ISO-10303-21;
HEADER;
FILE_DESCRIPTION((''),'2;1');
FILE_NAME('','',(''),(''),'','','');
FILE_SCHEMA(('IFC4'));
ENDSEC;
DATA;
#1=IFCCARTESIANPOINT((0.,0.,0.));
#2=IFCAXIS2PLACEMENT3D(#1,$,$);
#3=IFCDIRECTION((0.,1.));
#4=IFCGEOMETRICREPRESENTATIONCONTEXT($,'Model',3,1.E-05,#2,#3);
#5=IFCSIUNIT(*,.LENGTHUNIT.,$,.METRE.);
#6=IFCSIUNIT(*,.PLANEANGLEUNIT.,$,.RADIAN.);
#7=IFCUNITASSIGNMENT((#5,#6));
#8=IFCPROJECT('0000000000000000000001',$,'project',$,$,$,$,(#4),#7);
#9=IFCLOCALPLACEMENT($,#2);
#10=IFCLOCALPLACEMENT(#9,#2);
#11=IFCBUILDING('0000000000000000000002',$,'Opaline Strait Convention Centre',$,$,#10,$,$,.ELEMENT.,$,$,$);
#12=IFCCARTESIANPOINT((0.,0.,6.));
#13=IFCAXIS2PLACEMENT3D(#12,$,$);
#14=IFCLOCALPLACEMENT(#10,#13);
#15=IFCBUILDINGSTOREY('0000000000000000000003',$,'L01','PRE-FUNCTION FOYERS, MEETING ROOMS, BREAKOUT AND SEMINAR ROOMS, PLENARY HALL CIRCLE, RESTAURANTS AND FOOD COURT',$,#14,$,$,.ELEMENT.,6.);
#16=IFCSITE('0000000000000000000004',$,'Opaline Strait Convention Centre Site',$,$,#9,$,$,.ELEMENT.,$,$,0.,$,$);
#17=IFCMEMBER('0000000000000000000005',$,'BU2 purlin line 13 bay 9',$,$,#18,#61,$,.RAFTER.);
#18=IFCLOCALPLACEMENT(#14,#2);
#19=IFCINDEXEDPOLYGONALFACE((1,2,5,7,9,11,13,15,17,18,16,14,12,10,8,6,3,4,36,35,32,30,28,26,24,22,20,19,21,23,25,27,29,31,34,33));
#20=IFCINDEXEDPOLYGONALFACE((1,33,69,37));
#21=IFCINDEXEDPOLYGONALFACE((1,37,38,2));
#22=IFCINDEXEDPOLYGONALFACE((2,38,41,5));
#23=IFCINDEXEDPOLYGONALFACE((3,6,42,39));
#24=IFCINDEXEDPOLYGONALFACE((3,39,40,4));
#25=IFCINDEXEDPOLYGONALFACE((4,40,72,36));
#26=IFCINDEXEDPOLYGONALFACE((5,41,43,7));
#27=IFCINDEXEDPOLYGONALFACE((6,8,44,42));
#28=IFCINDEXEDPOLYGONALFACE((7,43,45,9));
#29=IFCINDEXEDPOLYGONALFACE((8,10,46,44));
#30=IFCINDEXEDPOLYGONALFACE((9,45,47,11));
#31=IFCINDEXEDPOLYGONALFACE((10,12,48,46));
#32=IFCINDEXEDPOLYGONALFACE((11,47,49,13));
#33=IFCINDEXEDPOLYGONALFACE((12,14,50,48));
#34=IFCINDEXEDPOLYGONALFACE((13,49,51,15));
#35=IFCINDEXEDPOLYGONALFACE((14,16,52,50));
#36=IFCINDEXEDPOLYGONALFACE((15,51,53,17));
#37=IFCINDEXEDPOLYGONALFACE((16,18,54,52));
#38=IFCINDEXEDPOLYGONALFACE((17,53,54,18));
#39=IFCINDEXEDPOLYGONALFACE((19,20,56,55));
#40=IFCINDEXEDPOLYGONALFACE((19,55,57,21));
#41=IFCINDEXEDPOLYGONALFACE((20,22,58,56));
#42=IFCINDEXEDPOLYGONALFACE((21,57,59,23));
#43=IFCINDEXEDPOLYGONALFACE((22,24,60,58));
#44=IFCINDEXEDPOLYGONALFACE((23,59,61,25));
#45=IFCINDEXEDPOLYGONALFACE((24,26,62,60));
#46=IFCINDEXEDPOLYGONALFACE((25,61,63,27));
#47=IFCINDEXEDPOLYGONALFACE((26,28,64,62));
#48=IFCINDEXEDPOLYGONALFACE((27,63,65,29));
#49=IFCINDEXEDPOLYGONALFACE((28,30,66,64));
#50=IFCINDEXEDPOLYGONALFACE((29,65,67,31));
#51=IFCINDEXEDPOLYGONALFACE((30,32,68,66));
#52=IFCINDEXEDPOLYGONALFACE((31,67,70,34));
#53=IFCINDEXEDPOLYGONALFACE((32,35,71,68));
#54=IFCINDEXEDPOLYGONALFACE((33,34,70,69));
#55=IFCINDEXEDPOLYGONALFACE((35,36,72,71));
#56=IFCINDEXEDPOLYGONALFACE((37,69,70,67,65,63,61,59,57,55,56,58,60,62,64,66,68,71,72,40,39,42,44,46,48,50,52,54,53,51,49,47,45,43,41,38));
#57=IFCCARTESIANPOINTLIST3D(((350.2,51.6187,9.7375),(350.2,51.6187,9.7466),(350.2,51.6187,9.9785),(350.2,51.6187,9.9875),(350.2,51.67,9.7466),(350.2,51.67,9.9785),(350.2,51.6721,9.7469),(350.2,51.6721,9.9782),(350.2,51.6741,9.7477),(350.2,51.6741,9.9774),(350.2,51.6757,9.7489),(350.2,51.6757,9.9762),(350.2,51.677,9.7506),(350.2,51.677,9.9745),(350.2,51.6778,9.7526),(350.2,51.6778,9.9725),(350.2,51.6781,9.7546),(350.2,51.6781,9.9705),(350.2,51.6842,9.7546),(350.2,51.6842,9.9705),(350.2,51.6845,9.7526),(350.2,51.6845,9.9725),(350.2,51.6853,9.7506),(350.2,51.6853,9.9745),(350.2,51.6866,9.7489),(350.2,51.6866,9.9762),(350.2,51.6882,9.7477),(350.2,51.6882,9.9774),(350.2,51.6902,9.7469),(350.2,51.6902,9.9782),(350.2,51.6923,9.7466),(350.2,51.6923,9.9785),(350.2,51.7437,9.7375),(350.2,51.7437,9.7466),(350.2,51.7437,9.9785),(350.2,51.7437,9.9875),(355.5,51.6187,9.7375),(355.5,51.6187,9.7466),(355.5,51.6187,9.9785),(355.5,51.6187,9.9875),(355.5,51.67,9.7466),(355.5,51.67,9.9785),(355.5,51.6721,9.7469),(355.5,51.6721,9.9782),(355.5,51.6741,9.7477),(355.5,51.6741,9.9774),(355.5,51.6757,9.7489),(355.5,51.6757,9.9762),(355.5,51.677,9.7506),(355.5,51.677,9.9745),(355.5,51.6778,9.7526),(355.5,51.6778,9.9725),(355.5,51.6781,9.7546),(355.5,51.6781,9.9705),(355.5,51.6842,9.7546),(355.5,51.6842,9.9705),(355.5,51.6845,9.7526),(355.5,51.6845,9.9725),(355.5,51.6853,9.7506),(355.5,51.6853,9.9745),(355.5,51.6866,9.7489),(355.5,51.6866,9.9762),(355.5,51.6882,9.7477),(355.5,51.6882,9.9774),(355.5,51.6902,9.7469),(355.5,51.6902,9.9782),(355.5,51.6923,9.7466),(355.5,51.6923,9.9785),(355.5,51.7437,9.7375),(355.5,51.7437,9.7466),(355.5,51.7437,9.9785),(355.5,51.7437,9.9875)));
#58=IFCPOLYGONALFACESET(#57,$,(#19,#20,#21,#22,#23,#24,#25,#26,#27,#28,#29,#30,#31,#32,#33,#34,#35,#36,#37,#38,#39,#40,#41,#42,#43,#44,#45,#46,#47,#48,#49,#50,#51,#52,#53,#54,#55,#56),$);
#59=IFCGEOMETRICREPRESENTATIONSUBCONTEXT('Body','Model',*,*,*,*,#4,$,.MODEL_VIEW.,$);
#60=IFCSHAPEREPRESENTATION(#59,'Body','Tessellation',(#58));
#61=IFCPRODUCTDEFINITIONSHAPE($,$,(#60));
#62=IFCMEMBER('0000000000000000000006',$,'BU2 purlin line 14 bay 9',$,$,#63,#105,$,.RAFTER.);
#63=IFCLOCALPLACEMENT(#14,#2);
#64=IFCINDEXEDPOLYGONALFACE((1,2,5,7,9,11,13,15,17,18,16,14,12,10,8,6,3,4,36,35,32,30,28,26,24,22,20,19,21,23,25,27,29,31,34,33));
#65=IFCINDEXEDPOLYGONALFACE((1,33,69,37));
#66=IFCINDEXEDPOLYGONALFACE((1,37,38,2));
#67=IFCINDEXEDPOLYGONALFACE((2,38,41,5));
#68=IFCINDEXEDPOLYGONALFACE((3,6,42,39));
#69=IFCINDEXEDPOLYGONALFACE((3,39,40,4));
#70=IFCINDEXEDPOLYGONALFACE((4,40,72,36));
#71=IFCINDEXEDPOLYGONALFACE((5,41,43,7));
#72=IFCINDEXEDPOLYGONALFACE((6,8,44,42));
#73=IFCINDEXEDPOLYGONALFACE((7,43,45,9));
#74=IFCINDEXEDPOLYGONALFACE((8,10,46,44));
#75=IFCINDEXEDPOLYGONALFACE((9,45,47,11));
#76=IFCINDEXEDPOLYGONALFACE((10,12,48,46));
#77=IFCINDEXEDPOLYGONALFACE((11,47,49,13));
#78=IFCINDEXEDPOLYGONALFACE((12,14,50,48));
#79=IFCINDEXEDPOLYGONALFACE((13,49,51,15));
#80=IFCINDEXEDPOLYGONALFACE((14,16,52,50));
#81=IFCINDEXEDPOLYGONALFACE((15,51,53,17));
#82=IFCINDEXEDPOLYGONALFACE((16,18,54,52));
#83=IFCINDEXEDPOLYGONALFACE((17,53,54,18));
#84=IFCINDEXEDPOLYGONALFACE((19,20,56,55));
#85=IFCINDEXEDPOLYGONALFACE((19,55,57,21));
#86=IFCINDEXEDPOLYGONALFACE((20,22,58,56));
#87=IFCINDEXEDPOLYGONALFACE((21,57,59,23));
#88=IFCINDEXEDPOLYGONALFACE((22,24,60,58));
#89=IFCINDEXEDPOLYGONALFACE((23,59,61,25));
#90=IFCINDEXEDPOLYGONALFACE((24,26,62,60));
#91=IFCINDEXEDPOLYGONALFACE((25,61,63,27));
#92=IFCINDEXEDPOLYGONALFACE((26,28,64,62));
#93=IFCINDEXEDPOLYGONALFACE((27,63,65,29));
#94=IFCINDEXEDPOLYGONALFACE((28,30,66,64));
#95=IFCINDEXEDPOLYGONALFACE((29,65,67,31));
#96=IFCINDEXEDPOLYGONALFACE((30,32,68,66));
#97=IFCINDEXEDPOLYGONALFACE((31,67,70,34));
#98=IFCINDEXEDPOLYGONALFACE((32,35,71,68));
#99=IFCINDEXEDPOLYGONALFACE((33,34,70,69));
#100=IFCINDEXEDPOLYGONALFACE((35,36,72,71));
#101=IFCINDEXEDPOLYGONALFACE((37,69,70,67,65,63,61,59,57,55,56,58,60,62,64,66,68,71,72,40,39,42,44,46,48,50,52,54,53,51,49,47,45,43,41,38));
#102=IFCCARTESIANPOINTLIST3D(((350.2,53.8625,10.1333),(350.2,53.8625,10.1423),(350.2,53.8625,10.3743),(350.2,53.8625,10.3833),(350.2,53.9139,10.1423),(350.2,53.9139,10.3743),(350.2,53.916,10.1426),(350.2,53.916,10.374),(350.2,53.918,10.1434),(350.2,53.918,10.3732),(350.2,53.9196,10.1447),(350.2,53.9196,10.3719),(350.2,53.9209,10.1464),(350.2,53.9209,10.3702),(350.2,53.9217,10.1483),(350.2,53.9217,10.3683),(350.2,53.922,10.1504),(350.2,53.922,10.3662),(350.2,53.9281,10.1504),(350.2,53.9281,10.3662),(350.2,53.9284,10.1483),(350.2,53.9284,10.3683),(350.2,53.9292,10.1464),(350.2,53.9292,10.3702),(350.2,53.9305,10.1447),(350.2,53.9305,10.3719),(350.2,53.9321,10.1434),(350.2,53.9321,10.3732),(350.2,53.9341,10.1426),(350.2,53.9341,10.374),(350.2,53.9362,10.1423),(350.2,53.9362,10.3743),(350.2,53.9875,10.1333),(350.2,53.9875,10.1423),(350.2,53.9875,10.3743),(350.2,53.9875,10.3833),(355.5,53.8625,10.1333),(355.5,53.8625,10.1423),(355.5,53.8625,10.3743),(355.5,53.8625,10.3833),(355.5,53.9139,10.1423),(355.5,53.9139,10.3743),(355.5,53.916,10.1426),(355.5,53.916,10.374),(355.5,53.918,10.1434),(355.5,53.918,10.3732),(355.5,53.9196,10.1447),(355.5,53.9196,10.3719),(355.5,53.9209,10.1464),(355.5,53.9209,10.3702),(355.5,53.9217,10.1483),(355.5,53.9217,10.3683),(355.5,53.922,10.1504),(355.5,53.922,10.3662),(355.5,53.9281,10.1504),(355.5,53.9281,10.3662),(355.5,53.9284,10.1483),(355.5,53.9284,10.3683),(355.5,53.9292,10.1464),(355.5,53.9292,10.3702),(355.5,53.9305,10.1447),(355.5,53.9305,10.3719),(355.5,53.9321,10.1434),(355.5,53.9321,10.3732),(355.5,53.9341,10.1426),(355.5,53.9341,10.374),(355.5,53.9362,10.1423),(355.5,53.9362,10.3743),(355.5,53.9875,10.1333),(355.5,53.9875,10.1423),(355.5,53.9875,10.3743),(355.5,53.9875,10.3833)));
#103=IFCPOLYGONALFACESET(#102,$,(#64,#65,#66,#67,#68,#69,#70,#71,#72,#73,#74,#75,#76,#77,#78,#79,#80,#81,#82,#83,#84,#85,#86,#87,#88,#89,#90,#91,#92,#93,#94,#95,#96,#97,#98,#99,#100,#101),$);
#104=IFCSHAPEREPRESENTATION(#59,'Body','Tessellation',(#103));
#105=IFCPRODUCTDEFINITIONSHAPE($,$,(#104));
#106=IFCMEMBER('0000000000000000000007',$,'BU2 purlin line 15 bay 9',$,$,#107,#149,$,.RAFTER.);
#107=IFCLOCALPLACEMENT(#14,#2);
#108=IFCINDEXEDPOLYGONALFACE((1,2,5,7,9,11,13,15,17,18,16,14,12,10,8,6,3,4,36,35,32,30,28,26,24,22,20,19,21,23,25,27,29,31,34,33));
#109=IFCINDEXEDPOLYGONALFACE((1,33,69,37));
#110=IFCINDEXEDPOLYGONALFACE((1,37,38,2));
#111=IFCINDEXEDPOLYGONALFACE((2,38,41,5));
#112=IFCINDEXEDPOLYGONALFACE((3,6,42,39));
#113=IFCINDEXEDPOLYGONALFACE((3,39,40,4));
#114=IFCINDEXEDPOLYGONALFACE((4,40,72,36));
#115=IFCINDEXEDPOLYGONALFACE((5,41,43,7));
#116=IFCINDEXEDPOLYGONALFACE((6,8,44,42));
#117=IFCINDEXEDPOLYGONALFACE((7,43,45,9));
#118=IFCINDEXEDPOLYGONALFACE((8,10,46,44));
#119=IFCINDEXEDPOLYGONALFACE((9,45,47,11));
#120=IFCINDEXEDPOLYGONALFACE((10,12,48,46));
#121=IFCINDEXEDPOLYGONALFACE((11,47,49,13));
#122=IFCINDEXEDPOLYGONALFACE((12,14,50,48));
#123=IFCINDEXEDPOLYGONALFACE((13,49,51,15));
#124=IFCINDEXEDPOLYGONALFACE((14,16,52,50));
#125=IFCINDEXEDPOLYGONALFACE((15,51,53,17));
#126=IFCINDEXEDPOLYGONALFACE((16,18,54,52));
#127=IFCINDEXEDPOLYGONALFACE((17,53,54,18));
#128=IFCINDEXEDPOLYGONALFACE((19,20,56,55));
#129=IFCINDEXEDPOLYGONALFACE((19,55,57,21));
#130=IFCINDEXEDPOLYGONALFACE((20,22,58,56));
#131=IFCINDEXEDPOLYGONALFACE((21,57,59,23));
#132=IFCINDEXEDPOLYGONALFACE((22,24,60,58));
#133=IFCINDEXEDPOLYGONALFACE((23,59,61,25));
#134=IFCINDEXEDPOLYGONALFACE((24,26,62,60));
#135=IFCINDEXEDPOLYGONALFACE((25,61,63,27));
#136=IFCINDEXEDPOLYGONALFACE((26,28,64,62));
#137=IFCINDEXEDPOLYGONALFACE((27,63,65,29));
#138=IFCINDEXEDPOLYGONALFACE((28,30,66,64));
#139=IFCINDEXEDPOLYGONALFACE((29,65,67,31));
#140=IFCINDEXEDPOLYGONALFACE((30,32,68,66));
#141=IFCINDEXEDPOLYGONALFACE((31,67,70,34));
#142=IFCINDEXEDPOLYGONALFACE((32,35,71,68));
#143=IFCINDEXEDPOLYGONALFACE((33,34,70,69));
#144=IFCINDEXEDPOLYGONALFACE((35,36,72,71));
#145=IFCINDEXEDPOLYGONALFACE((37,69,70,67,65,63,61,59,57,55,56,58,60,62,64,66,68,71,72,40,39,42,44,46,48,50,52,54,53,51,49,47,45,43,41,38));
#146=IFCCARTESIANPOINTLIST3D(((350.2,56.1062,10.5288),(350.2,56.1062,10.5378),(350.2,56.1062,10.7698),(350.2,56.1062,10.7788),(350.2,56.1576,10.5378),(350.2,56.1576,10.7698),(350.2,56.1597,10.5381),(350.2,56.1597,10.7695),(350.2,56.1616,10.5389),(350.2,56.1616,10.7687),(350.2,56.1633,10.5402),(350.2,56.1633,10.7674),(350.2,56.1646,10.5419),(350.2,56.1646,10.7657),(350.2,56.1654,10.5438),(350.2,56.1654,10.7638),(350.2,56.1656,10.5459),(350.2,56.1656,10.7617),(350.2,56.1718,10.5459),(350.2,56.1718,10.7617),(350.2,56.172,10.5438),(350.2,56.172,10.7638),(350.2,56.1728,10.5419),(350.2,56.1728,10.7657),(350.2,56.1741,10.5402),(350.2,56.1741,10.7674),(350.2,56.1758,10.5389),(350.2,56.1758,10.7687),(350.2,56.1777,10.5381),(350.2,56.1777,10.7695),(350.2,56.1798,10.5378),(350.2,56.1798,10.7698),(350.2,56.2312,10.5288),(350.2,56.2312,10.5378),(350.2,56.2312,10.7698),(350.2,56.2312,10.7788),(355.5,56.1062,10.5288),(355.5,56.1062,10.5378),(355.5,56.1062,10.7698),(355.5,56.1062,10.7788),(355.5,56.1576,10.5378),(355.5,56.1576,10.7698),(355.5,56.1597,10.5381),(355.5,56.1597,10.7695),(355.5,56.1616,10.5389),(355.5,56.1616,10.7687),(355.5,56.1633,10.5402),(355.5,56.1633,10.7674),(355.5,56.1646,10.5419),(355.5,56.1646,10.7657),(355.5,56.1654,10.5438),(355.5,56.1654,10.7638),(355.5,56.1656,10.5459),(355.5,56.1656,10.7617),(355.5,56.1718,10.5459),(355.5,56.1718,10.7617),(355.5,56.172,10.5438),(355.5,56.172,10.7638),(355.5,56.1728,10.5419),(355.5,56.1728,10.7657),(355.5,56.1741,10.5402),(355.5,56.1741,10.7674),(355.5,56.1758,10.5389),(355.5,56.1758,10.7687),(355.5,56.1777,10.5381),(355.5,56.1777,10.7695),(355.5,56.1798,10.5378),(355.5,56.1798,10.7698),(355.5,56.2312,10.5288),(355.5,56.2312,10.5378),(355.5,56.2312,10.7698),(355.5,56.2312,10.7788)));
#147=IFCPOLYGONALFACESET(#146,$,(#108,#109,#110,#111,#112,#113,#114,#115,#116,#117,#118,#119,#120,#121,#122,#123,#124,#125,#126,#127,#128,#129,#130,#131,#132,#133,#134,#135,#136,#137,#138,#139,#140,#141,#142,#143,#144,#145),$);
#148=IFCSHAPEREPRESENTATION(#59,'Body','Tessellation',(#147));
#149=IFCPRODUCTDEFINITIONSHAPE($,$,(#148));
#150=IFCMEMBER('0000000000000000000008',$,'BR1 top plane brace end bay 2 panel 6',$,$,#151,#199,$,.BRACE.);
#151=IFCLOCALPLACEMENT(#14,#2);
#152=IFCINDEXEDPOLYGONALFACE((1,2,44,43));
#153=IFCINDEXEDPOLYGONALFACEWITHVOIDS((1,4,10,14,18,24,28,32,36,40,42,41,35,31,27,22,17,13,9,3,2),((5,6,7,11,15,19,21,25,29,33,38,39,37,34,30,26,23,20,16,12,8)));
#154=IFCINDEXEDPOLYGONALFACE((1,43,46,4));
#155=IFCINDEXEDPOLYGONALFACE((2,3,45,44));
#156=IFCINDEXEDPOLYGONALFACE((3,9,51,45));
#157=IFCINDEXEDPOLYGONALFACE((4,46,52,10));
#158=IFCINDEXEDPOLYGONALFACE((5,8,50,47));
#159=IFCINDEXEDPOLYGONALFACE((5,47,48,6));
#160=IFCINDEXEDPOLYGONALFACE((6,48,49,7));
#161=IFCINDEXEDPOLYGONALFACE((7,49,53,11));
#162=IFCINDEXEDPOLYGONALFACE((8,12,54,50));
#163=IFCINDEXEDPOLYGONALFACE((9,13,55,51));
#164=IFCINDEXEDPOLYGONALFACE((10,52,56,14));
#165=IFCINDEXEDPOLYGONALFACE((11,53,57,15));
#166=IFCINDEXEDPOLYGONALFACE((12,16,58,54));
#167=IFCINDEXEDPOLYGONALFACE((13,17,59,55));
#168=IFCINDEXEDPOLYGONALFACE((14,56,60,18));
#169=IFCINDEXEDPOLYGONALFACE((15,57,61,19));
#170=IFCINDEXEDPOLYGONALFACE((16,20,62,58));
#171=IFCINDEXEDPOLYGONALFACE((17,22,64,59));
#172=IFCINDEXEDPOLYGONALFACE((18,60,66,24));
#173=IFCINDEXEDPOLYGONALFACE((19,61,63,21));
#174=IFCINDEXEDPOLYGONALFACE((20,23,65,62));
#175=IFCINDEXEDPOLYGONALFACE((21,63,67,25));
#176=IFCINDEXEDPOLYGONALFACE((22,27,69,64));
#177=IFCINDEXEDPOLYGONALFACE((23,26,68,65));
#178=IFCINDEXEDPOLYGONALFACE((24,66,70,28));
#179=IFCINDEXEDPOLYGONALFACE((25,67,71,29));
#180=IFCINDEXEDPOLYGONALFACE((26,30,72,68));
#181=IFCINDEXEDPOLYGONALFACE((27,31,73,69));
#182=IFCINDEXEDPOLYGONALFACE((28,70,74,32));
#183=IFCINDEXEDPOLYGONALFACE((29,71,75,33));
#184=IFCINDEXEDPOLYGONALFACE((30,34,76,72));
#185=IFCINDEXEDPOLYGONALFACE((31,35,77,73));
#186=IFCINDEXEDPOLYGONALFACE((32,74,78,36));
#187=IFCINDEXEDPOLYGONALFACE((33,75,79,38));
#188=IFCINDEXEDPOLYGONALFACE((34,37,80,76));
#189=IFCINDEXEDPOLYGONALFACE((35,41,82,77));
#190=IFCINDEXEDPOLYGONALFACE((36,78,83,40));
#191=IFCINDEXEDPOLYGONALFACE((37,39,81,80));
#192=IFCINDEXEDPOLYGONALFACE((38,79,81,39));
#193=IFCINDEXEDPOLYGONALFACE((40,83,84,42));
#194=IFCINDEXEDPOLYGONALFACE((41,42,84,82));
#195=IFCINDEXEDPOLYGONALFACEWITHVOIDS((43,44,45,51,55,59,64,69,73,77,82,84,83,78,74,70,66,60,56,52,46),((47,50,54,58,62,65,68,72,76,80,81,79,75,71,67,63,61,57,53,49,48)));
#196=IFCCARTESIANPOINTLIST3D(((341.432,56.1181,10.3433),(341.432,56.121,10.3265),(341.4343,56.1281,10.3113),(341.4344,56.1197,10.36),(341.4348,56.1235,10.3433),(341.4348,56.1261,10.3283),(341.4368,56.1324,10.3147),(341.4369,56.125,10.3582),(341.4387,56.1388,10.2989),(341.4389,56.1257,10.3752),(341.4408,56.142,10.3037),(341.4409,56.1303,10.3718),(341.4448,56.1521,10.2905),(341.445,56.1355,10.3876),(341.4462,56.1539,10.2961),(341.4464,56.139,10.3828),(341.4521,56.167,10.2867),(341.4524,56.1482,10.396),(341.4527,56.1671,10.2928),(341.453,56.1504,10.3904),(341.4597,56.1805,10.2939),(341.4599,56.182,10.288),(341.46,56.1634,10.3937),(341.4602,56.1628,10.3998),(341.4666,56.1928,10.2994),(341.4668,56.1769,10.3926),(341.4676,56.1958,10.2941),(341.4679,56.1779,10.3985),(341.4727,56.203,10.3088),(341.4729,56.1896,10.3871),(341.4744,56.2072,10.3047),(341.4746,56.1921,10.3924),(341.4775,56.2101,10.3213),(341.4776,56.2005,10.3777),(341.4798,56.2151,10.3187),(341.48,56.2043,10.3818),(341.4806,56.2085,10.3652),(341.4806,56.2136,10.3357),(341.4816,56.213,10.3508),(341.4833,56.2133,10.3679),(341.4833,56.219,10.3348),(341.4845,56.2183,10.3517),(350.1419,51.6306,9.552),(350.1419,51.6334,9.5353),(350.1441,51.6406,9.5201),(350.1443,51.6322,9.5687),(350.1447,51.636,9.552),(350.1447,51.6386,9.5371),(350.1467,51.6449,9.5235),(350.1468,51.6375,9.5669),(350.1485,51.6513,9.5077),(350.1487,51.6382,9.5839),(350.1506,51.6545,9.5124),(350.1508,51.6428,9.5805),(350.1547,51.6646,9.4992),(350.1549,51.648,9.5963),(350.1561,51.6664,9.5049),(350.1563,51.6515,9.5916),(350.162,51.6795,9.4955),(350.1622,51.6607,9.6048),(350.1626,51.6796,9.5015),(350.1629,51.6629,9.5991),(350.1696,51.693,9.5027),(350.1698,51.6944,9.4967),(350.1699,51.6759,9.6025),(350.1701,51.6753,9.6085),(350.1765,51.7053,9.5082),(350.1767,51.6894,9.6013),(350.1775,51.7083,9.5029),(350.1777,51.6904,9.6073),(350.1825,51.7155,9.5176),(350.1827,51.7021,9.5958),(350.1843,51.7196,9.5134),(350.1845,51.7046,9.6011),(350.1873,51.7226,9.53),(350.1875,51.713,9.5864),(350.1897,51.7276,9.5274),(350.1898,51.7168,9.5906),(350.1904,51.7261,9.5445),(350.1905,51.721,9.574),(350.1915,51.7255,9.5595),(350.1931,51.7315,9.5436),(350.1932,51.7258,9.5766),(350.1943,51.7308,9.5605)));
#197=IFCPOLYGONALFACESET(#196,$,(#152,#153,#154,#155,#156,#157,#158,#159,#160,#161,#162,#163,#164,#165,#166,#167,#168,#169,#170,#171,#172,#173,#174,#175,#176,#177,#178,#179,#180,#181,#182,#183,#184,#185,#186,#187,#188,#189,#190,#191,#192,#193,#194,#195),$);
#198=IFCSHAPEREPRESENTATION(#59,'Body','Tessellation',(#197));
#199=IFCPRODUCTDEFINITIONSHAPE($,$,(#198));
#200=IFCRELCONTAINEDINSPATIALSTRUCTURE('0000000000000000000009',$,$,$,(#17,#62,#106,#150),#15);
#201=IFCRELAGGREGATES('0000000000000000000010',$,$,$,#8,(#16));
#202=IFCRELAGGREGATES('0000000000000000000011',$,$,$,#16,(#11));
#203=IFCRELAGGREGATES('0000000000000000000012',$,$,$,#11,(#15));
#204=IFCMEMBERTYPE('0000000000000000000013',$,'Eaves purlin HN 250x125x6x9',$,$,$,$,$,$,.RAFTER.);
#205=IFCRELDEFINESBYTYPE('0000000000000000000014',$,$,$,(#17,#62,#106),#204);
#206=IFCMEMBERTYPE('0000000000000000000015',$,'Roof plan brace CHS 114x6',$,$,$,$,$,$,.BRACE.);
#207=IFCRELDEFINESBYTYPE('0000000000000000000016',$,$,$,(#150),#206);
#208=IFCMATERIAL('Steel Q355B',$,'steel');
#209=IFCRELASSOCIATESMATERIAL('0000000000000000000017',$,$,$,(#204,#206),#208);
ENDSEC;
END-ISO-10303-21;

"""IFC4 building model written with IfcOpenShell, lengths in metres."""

from ifc_helpers import new_model, si_unit, direction, frame, origin, origin_2d, place, context, subcontext, project, spatial, hollow_circle, i_section, extrude, material, material_profile, profile_set, type_object, element, save


model = new_model("IFC4")

# Units and contexts
model_context = context("Model", 3, precision=1e-05, world=origin(), true_north=direction((0.0, 1.0)))
body_context = subcontext(model_context, "Body", "Model", "MODEL_VIEW")
ifc_project = project(units=[si_unit("LENGTHUNIT", "METRE"), si_unit("PLANEANGLEUNIT", "RADIAN")], contexts=[model_context])

# Site, building, storey
site_placement = place(None, origin())
site = spatial("IfcSite", under=ifc_project, at=site_placement, Name="Opaline Strait Convention Centre Site", CompositionType="ELEMENT", RefElevation=0.0)
building_placement = place(site_placement, origin())
building = spatial("IfcBuilding", under=site, at=building_placement, Name="Opaline Strait Convention Centre", CompositionType="ELEMENT")
storey_placement = place(building_placement, frame((0.0, 0.0, 6.0)))
storey = spatial("IfcBuildingStorey", under=building, at=storey_placement, Name="L01", Description="PRE-FUNCTION FOYERS, MEETING ROOMS, BREAKOUT AND SEMINAR ROOMS, PLENARY HALL CIRCLE, RESTAURANTS AND FOOD COURT", CompositionType="ELEMENT", Elevation=6.0)

# Members
ifc_material_1 = material(Name="Steel Q355B", Category="steel")
ifc_material_profile_1 = material_profile(ifc_material_1, i_section(OverallWidth=0.125, OverallDepth=0.25, WebThickness=0.0061, FlangeThickness=0.009, FilletRadius=0.0081, at=origin_2d()), Name="HN 250x125x6x9")
ifc_profile_set_1 = profile_set([ifc_material_profile_1], Name="Steel Q355B")
member_type_1 = type_object("IfcMemberType", Name="Eaves purlin HN 250x125x6x9", PredefinedType="RAFTER", material=ifc_profile_set_1)
for number, where, z_axis, x_axis, name in (
    (1, (350.2, 51.6812, 9.8625), (1.0, 0.0, 0.0), (0.0, 1.0, 0.0), "BU2 purlin line 13 bay 9"),
    (2, (350.2, 53.925, 10.2583), (1.0, 0.0, 0.0), (0.0, 1.0, 0.0), "BU2 purlin line 14 bay 9"),
    (3, (350.2, 56.1687, 10.6538), (1.0, 0.0, 0.0), (0.0, 1.0, 0.0), "BU2 purlin line 15 bay 9"),
):
    element("IfcMember", number, at=place(storey_placement, frame(where, z_axis=z_axis, x_axis=x_axis)), inside=storey, type_object=member_type_1, Name=name, PredefinedType="RAFTER", context=body_context, shape_type="SweptSolid", body=[
        extrude(i_section(OverallWidth=0.125, OverallDepth=0.25, WebThickness=0.0061, FlangeThickness=0.009, FilletRadius=0.0081, at=origin_2d()), origin(), (0.0, 0.0, 1.0), 5.3),
    ])
ifc_material_profile_2 = material_profile(ifc_material_1, hollow_circle(Radius=0.0569, WallThickness=0.0061, at=origin_2d()), Name="CHS 114x6")
ifc_profile_set_2 = profile_set([ifc_material_profile_2], Name="Steel Q355B")
member_type_2 = type_object("IfcMemberType", Name="Roof plan brace CHS 114x6", PredefinedType="BRACE", material=ifc_profile_set_2)
member_1_placement = place(storey_placement, frame((350.168, 51.6812, 9.552), z_axis=(-0.886065, 0.456519, 0.080495), x_axis=(-0.458005, -0.88895, 0.0)))
element("IfcMember", 4, at=member_1_placement, inside=storey, type_object=member_type_2, Name="BR1 top plane brace end bay 2 panel 6", PredefinedType="BRACE", context=body_context, shape_type="SweptSolid", body=[
    extrude(hollow_circle(Radius=0.0569, WallThickness=0.0061, at=origin_2d()), origin(), (0.0, 0.0, 1.0), 9.8298),
])

save(model, "model.ifc")
